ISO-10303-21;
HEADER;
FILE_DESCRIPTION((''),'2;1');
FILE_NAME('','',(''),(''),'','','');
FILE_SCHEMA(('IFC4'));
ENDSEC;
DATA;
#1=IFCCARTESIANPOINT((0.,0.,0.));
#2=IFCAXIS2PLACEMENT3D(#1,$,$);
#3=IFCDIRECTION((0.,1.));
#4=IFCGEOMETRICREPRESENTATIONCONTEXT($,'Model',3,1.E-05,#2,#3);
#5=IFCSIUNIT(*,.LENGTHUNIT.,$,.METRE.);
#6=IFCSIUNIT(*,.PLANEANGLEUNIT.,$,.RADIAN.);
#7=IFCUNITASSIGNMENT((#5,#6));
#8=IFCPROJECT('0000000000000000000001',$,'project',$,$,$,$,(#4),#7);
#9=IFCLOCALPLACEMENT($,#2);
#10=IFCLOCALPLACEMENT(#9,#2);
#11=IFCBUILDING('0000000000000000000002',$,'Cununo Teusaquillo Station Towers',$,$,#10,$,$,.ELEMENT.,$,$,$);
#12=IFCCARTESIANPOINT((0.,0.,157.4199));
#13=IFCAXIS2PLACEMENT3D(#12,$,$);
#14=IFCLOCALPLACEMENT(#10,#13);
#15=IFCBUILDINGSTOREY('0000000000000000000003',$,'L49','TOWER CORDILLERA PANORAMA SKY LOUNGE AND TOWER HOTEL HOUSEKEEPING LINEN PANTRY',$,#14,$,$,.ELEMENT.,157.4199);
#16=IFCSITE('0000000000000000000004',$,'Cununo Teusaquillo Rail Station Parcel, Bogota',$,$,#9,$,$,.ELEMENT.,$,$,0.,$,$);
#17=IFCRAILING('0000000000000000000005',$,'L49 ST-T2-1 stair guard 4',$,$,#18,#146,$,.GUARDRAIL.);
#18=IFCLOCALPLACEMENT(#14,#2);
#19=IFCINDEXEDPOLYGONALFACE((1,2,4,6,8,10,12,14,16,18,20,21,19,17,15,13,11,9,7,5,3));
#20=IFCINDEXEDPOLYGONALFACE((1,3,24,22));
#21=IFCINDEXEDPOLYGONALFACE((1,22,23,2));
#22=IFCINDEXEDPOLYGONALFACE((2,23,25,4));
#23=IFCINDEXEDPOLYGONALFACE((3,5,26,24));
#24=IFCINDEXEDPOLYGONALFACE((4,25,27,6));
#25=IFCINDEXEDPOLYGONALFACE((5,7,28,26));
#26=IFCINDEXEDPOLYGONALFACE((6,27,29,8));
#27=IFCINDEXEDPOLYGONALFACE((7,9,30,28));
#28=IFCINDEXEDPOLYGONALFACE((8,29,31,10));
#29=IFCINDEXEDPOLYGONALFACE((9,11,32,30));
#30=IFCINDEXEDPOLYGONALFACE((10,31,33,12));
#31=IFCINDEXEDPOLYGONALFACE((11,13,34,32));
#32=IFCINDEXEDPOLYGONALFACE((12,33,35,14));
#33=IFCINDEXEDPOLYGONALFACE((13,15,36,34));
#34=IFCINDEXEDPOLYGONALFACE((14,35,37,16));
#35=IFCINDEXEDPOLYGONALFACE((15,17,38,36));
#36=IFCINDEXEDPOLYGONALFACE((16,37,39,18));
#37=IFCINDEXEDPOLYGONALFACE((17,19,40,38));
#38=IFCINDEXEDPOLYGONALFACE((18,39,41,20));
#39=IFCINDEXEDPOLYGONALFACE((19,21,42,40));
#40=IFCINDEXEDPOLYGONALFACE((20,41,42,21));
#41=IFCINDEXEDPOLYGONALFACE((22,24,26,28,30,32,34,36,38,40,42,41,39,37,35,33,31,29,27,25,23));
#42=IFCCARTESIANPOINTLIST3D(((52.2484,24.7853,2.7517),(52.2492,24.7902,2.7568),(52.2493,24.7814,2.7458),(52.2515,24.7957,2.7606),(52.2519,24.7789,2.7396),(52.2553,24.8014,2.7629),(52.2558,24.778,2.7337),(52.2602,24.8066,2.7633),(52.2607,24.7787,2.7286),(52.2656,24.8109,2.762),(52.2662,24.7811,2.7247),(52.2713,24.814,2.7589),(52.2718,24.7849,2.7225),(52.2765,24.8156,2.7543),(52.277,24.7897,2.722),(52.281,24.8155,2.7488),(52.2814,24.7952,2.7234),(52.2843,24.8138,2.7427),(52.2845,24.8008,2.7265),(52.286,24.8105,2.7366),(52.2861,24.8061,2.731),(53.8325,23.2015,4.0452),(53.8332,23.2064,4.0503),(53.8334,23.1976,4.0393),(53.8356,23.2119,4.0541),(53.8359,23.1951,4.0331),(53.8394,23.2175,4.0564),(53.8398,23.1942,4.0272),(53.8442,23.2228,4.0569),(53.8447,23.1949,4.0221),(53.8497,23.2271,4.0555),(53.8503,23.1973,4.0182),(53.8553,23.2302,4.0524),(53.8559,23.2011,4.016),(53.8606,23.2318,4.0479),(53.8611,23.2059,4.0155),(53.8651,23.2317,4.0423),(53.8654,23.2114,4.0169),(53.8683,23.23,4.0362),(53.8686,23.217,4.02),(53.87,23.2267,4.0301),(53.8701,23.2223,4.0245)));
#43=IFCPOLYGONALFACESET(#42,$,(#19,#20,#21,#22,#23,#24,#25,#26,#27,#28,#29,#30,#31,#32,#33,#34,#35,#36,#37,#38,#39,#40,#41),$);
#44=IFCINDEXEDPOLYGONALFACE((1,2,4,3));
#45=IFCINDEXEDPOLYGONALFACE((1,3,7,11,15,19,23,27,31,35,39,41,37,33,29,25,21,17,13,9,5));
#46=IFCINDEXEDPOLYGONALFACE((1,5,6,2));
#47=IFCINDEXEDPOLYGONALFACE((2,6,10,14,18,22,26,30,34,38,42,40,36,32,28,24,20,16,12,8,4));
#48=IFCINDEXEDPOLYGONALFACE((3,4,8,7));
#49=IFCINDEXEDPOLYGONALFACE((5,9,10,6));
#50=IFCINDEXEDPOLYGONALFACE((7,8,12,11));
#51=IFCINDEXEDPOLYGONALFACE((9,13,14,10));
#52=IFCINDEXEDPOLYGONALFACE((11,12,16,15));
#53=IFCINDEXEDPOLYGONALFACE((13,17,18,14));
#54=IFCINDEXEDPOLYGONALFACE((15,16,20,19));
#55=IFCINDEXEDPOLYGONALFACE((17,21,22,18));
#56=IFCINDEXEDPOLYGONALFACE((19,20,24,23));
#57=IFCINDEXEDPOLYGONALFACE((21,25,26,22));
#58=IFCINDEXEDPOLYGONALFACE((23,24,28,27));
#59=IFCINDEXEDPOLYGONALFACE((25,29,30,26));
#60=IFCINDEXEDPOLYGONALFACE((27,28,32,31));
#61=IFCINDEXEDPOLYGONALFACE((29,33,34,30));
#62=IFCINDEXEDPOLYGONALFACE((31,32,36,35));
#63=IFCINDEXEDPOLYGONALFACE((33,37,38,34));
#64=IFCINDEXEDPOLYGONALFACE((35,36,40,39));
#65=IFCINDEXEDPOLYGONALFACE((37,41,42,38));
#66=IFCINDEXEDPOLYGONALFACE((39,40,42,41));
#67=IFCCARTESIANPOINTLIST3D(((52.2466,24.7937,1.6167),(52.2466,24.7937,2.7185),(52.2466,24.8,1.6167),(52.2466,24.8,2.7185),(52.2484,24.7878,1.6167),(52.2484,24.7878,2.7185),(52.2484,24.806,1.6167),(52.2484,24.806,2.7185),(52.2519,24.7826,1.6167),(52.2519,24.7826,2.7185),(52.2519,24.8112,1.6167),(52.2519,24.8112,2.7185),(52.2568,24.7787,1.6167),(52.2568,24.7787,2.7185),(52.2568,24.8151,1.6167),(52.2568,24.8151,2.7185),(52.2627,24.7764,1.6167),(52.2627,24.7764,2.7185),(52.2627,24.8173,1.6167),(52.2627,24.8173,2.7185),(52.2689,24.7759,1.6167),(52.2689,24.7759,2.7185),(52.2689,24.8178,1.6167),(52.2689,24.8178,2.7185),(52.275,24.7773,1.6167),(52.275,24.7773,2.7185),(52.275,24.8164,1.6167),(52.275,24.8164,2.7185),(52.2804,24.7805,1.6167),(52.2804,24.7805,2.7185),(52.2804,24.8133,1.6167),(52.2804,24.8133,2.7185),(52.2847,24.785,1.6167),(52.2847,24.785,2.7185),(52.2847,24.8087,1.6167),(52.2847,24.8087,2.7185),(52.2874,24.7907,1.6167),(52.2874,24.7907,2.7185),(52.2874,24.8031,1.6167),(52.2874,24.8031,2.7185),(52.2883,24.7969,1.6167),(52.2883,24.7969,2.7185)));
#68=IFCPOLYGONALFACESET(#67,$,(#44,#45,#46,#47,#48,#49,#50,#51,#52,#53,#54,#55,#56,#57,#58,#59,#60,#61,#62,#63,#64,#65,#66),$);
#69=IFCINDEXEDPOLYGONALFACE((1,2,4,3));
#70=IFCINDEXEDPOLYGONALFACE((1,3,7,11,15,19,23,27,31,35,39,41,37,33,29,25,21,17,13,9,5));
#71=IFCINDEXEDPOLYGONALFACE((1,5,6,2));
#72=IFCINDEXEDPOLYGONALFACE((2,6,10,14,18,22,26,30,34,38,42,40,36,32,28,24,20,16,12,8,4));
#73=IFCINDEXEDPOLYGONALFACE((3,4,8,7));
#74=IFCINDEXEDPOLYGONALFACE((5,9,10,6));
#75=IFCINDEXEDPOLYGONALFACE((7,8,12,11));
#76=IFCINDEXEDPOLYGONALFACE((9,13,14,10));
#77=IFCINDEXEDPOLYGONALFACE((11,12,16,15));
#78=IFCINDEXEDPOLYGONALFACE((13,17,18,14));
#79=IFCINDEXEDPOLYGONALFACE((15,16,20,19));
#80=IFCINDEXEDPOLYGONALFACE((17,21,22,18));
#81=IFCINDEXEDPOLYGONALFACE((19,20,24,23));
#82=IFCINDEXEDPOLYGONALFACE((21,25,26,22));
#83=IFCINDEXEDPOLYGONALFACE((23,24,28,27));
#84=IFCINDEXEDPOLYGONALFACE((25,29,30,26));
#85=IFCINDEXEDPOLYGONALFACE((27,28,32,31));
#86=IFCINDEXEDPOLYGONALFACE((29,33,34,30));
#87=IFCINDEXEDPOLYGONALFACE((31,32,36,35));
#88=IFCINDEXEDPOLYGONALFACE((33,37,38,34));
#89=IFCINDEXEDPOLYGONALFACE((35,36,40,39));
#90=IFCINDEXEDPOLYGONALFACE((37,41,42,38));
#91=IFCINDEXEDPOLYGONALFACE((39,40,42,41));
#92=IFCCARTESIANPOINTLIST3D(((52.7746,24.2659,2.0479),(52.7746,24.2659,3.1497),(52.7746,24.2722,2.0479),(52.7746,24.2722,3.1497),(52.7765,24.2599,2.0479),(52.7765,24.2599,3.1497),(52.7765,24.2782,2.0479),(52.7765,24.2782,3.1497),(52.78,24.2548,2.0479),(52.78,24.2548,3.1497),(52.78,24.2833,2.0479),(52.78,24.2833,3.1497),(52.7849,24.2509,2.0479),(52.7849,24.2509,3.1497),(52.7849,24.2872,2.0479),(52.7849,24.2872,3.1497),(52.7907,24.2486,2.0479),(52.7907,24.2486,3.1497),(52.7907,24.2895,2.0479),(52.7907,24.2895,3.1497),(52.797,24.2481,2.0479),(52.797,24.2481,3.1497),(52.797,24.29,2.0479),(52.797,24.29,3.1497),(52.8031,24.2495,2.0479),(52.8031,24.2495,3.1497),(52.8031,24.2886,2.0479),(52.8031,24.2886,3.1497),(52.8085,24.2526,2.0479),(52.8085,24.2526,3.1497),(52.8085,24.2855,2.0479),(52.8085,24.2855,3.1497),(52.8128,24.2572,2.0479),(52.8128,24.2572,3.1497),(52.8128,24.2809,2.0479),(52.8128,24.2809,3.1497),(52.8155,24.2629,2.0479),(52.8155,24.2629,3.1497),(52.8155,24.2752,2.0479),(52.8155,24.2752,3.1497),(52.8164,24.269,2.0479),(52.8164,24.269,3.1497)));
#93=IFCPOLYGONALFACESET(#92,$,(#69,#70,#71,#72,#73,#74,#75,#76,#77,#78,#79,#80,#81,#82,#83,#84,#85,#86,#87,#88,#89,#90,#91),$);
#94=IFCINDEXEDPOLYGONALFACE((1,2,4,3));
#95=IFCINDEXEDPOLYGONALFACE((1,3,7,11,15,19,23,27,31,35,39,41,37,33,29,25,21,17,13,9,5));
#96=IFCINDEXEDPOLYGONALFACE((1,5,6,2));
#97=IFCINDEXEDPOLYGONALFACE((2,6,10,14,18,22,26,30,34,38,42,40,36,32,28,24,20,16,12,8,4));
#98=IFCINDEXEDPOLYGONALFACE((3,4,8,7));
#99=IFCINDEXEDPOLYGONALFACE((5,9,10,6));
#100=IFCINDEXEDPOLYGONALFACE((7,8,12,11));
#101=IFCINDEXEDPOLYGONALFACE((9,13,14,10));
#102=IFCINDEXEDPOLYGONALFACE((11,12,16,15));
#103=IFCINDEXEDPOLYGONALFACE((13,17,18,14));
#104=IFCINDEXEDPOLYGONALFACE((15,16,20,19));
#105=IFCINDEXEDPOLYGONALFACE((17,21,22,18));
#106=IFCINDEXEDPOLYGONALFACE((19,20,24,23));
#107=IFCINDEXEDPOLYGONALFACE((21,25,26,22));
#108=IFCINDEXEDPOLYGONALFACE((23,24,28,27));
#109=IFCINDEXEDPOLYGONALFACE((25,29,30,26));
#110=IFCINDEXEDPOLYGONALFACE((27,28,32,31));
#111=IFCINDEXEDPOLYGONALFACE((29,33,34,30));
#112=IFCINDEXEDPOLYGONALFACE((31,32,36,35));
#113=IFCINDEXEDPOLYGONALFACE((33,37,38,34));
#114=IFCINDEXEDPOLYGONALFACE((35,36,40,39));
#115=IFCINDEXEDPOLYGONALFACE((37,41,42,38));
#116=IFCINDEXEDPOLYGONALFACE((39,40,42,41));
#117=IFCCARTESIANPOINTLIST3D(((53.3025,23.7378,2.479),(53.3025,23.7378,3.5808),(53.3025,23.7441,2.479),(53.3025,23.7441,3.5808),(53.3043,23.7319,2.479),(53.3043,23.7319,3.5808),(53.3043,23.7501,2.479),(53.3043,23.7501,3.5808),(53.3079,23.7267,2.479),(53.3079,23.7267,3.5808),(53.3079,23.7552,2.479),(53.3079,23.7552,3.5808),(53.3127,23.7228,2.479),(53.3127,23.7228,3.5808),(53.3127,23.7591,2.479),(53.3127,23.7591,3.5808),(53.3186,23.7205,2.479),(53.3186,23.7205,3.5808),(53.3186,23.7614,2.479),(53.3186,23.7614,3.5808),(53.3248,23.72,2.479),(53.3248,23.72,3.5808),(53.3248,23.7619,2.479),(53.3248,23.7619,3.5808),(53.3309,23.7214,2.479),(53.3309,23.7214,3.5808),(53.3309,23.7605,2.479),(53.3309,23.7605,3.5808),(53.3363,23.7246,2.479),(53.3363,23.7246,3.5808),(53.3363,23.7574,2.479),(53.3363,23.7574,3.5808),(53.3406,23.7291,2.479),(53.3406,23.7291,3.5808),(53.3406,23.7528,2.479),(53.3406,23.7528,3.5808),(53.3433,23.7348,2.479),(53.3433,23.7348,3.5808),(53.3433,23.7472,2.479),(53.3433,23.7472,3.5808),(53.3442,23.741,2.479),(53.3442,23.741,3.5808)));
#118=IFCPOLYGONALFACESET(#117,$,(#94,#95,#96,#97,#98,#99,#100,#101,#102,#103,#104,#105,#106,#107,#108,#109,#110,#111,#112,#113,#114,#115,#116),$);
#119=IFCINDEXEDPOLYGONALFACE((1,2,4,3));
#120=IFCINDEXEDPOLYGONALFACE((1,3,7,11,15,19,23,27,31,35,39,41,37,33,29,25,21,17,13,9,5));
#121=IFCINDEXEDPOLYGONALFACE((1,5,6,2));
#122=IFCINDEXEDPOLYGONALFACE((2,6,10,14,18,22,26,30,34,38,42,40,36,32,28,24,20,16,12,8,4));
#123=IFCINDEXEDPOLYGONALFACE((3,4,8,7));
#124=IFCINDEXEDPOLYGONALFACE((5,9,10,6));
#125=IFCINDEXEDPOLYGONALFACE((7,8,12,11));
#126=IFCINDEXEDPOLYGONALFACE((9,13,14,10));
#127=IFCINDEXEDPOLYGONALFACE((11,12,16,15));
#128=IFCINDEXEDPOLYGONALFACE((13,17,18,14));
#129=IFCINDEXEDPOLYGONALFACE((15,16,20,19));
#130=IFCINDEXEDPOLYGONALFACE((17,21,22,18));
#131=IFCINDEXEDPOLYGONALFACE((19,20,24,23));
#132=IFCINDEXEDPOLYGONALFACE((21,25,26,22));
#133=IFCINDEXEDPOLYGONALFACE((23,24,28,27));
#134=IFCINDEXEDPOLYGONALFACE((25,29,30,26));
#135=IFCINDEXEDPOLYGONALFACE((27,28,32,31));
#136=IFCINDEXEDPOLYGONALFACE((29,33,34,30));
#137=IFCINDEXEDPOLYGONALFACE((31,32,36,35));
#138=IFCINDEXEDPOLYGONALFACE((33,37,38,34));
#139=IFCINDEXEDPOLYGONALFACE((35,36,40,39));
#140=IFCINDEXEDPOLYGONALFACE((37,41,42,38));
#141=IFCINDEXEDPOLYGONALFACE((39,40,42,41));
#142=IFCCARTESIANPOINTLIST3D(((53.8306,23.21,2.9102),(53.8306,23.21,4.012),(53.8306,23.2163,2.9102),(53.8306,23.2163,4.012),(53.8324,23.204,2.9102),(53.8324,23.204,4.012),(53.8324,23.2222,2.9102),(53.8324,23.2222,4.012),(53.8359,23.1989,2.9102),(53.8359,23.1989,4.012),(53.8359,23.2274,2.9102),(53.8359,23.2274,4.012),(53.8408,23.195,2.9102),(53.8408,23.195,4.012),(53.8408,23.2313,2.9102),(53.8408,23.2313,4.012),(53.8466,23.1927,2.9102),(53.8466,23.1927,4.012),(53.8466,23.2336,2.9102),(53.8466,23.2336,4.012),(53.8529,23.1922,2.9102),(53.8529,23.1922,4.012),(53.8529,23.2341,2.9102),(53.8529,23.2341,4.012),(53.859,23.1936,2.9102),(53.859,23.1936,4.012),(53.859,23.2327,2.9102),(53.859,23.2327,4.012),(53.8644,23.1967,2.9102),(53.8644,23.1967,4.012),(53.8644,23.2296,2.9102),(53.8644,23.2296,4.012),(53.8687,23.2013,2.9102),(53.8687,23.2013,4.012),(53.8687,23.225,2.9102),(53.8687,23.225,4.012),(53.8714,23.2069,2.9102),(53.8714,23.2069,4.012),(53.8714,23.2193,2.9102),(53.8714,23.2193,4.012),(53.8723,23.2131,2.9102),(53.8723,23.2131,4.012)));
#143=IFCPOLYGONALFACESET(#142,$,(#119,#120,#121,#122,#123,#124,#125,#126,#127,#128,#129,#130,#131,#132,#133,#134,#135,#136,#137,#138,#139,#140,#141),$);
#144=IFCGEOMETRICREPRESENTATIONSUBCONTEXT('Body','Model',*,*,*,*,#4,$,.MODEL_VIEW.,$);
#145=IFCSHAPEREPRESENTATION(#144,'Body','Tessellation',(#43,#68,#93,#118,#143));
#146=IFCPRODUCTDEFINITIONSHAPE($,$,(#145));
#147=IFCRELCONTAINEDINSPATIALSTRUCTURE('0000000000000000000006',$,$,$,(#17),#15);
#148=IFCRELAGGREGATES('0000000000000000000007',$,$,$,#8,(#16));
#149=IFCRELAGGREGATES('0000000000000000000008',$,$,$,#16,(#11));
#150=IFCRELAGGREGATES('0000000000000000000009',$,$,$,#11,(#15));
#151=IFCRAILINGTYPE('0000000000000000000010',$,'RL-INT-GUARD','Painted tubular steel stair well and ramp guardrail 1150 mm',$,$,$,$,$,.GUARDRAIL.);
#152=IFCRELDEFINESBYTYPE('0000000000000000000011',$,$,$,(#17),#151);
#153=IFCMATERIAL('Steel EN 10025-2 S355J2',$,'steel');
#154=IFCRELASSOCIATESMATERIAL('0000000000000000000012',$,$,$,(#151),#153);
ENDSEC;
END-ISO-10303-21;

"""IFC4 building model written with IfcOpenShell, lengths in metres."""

from ifc_helpers import new_model, si_unit, direction, frame, origin, origin_2d, place, context, subcontext, project, spatial, circle, extrude, material, type_object, element, save


model = new_model("IFC4")

# Units and contexts
model_context = context("Model", 3, precision=1e-05, world=origin(), true_north=direction((0.0, 1.0)))
body_context = subcontext(model_context, "Body", "Model", "MODEL_VIEW")
ifc_project = project(units=[si_unit("LENGTHUNIT", "METRE"), si_unit("PLANEANGLEUNIT", "RADIAN")], contexts=[model_context])

# Site, building, storey
site_placement = place(None, origin())
site = spatial("IfcSite", under=ifc_project, at=site_placement, Name="Cununo Teusaquillo Rail Station Parcel, Bogota", CompositionType="ELEMENT", RefElevation=0.0)
building_placement = place(site_placement, origin())
building = spatial("IfcBuilding", under=site, at=building_placement, Name="Cununo Teusaquillo Station Towers", CompositionType="ELEMENT")
storey_placement = place(building_placement, frame((0.0, 0.0, 157.4199)))
storey = spatial("IfcBuildingStorey", under=building, at=storey_placement, Name="L49", Description="TOWER CORDILLERA PANORAMA SKY LOUNGE AND TOWER HOTEL HOUSEKEEPING LINEN PANTRY", CompositionType="ELEMENT", Elevation=157.4199)

# Railing
ifc_material_1 = material(Name="Steel EN 10025-2 S355J2", Category="steel")
railing_type_1 = type_object("IfcRailingType", Name="RL-INT-GUARD", Description="Painted tubular steel stair well and ramp guardrail 1150 mm", PredefinedType="GUARDRAIL", material=ifc_material_1)
railing_1_placement = place(storey_placement, frame((52.2673, 24.7969, 1.6167)))
element("IfcRailing", 1, at=railing_1_placement, inside=storey, type_object=railing_type_1, Name="L49 ST-T2-1 stair guard 4", PredefinedType="GUARDRAIL", context=body_context, shape_type="SweptSolid", body=[
    extrude(circle(Radius=0.0239, at=origin_2d()), frame((0.0, 0.0, 1.126), z_axis=(0.612391, -0.612297, 0.500069), x_axis=(0.707052, 0.707161, 0.0)), (0.0, 0.0, 1.0), 2.5867),
    extrude(circle(Radius=0.021, at=origin_2d()), origin(), (0.0, 0.0, 1.0), 1.1018),
    extrude(circle(Radius=0.021, at=origin_2d()), frame((0.5281, -0.5278, 0.4312)), (0.0, 0.0, 1.0), 1.1018),
    extrude(circle(Radius=0.021, at=origin_2d()), frame((1.0559, -1.0559, 0.8623)), (0.0, 0.0, 1.0), 1.1018),
    extrude(circle(Radius=0.021, at=origin_2d()), frame((1.584, -1.5837, 1.2935)), (0.0, 0.0, 1.0), 1.1018),
])

save(model, "model.ifc")
